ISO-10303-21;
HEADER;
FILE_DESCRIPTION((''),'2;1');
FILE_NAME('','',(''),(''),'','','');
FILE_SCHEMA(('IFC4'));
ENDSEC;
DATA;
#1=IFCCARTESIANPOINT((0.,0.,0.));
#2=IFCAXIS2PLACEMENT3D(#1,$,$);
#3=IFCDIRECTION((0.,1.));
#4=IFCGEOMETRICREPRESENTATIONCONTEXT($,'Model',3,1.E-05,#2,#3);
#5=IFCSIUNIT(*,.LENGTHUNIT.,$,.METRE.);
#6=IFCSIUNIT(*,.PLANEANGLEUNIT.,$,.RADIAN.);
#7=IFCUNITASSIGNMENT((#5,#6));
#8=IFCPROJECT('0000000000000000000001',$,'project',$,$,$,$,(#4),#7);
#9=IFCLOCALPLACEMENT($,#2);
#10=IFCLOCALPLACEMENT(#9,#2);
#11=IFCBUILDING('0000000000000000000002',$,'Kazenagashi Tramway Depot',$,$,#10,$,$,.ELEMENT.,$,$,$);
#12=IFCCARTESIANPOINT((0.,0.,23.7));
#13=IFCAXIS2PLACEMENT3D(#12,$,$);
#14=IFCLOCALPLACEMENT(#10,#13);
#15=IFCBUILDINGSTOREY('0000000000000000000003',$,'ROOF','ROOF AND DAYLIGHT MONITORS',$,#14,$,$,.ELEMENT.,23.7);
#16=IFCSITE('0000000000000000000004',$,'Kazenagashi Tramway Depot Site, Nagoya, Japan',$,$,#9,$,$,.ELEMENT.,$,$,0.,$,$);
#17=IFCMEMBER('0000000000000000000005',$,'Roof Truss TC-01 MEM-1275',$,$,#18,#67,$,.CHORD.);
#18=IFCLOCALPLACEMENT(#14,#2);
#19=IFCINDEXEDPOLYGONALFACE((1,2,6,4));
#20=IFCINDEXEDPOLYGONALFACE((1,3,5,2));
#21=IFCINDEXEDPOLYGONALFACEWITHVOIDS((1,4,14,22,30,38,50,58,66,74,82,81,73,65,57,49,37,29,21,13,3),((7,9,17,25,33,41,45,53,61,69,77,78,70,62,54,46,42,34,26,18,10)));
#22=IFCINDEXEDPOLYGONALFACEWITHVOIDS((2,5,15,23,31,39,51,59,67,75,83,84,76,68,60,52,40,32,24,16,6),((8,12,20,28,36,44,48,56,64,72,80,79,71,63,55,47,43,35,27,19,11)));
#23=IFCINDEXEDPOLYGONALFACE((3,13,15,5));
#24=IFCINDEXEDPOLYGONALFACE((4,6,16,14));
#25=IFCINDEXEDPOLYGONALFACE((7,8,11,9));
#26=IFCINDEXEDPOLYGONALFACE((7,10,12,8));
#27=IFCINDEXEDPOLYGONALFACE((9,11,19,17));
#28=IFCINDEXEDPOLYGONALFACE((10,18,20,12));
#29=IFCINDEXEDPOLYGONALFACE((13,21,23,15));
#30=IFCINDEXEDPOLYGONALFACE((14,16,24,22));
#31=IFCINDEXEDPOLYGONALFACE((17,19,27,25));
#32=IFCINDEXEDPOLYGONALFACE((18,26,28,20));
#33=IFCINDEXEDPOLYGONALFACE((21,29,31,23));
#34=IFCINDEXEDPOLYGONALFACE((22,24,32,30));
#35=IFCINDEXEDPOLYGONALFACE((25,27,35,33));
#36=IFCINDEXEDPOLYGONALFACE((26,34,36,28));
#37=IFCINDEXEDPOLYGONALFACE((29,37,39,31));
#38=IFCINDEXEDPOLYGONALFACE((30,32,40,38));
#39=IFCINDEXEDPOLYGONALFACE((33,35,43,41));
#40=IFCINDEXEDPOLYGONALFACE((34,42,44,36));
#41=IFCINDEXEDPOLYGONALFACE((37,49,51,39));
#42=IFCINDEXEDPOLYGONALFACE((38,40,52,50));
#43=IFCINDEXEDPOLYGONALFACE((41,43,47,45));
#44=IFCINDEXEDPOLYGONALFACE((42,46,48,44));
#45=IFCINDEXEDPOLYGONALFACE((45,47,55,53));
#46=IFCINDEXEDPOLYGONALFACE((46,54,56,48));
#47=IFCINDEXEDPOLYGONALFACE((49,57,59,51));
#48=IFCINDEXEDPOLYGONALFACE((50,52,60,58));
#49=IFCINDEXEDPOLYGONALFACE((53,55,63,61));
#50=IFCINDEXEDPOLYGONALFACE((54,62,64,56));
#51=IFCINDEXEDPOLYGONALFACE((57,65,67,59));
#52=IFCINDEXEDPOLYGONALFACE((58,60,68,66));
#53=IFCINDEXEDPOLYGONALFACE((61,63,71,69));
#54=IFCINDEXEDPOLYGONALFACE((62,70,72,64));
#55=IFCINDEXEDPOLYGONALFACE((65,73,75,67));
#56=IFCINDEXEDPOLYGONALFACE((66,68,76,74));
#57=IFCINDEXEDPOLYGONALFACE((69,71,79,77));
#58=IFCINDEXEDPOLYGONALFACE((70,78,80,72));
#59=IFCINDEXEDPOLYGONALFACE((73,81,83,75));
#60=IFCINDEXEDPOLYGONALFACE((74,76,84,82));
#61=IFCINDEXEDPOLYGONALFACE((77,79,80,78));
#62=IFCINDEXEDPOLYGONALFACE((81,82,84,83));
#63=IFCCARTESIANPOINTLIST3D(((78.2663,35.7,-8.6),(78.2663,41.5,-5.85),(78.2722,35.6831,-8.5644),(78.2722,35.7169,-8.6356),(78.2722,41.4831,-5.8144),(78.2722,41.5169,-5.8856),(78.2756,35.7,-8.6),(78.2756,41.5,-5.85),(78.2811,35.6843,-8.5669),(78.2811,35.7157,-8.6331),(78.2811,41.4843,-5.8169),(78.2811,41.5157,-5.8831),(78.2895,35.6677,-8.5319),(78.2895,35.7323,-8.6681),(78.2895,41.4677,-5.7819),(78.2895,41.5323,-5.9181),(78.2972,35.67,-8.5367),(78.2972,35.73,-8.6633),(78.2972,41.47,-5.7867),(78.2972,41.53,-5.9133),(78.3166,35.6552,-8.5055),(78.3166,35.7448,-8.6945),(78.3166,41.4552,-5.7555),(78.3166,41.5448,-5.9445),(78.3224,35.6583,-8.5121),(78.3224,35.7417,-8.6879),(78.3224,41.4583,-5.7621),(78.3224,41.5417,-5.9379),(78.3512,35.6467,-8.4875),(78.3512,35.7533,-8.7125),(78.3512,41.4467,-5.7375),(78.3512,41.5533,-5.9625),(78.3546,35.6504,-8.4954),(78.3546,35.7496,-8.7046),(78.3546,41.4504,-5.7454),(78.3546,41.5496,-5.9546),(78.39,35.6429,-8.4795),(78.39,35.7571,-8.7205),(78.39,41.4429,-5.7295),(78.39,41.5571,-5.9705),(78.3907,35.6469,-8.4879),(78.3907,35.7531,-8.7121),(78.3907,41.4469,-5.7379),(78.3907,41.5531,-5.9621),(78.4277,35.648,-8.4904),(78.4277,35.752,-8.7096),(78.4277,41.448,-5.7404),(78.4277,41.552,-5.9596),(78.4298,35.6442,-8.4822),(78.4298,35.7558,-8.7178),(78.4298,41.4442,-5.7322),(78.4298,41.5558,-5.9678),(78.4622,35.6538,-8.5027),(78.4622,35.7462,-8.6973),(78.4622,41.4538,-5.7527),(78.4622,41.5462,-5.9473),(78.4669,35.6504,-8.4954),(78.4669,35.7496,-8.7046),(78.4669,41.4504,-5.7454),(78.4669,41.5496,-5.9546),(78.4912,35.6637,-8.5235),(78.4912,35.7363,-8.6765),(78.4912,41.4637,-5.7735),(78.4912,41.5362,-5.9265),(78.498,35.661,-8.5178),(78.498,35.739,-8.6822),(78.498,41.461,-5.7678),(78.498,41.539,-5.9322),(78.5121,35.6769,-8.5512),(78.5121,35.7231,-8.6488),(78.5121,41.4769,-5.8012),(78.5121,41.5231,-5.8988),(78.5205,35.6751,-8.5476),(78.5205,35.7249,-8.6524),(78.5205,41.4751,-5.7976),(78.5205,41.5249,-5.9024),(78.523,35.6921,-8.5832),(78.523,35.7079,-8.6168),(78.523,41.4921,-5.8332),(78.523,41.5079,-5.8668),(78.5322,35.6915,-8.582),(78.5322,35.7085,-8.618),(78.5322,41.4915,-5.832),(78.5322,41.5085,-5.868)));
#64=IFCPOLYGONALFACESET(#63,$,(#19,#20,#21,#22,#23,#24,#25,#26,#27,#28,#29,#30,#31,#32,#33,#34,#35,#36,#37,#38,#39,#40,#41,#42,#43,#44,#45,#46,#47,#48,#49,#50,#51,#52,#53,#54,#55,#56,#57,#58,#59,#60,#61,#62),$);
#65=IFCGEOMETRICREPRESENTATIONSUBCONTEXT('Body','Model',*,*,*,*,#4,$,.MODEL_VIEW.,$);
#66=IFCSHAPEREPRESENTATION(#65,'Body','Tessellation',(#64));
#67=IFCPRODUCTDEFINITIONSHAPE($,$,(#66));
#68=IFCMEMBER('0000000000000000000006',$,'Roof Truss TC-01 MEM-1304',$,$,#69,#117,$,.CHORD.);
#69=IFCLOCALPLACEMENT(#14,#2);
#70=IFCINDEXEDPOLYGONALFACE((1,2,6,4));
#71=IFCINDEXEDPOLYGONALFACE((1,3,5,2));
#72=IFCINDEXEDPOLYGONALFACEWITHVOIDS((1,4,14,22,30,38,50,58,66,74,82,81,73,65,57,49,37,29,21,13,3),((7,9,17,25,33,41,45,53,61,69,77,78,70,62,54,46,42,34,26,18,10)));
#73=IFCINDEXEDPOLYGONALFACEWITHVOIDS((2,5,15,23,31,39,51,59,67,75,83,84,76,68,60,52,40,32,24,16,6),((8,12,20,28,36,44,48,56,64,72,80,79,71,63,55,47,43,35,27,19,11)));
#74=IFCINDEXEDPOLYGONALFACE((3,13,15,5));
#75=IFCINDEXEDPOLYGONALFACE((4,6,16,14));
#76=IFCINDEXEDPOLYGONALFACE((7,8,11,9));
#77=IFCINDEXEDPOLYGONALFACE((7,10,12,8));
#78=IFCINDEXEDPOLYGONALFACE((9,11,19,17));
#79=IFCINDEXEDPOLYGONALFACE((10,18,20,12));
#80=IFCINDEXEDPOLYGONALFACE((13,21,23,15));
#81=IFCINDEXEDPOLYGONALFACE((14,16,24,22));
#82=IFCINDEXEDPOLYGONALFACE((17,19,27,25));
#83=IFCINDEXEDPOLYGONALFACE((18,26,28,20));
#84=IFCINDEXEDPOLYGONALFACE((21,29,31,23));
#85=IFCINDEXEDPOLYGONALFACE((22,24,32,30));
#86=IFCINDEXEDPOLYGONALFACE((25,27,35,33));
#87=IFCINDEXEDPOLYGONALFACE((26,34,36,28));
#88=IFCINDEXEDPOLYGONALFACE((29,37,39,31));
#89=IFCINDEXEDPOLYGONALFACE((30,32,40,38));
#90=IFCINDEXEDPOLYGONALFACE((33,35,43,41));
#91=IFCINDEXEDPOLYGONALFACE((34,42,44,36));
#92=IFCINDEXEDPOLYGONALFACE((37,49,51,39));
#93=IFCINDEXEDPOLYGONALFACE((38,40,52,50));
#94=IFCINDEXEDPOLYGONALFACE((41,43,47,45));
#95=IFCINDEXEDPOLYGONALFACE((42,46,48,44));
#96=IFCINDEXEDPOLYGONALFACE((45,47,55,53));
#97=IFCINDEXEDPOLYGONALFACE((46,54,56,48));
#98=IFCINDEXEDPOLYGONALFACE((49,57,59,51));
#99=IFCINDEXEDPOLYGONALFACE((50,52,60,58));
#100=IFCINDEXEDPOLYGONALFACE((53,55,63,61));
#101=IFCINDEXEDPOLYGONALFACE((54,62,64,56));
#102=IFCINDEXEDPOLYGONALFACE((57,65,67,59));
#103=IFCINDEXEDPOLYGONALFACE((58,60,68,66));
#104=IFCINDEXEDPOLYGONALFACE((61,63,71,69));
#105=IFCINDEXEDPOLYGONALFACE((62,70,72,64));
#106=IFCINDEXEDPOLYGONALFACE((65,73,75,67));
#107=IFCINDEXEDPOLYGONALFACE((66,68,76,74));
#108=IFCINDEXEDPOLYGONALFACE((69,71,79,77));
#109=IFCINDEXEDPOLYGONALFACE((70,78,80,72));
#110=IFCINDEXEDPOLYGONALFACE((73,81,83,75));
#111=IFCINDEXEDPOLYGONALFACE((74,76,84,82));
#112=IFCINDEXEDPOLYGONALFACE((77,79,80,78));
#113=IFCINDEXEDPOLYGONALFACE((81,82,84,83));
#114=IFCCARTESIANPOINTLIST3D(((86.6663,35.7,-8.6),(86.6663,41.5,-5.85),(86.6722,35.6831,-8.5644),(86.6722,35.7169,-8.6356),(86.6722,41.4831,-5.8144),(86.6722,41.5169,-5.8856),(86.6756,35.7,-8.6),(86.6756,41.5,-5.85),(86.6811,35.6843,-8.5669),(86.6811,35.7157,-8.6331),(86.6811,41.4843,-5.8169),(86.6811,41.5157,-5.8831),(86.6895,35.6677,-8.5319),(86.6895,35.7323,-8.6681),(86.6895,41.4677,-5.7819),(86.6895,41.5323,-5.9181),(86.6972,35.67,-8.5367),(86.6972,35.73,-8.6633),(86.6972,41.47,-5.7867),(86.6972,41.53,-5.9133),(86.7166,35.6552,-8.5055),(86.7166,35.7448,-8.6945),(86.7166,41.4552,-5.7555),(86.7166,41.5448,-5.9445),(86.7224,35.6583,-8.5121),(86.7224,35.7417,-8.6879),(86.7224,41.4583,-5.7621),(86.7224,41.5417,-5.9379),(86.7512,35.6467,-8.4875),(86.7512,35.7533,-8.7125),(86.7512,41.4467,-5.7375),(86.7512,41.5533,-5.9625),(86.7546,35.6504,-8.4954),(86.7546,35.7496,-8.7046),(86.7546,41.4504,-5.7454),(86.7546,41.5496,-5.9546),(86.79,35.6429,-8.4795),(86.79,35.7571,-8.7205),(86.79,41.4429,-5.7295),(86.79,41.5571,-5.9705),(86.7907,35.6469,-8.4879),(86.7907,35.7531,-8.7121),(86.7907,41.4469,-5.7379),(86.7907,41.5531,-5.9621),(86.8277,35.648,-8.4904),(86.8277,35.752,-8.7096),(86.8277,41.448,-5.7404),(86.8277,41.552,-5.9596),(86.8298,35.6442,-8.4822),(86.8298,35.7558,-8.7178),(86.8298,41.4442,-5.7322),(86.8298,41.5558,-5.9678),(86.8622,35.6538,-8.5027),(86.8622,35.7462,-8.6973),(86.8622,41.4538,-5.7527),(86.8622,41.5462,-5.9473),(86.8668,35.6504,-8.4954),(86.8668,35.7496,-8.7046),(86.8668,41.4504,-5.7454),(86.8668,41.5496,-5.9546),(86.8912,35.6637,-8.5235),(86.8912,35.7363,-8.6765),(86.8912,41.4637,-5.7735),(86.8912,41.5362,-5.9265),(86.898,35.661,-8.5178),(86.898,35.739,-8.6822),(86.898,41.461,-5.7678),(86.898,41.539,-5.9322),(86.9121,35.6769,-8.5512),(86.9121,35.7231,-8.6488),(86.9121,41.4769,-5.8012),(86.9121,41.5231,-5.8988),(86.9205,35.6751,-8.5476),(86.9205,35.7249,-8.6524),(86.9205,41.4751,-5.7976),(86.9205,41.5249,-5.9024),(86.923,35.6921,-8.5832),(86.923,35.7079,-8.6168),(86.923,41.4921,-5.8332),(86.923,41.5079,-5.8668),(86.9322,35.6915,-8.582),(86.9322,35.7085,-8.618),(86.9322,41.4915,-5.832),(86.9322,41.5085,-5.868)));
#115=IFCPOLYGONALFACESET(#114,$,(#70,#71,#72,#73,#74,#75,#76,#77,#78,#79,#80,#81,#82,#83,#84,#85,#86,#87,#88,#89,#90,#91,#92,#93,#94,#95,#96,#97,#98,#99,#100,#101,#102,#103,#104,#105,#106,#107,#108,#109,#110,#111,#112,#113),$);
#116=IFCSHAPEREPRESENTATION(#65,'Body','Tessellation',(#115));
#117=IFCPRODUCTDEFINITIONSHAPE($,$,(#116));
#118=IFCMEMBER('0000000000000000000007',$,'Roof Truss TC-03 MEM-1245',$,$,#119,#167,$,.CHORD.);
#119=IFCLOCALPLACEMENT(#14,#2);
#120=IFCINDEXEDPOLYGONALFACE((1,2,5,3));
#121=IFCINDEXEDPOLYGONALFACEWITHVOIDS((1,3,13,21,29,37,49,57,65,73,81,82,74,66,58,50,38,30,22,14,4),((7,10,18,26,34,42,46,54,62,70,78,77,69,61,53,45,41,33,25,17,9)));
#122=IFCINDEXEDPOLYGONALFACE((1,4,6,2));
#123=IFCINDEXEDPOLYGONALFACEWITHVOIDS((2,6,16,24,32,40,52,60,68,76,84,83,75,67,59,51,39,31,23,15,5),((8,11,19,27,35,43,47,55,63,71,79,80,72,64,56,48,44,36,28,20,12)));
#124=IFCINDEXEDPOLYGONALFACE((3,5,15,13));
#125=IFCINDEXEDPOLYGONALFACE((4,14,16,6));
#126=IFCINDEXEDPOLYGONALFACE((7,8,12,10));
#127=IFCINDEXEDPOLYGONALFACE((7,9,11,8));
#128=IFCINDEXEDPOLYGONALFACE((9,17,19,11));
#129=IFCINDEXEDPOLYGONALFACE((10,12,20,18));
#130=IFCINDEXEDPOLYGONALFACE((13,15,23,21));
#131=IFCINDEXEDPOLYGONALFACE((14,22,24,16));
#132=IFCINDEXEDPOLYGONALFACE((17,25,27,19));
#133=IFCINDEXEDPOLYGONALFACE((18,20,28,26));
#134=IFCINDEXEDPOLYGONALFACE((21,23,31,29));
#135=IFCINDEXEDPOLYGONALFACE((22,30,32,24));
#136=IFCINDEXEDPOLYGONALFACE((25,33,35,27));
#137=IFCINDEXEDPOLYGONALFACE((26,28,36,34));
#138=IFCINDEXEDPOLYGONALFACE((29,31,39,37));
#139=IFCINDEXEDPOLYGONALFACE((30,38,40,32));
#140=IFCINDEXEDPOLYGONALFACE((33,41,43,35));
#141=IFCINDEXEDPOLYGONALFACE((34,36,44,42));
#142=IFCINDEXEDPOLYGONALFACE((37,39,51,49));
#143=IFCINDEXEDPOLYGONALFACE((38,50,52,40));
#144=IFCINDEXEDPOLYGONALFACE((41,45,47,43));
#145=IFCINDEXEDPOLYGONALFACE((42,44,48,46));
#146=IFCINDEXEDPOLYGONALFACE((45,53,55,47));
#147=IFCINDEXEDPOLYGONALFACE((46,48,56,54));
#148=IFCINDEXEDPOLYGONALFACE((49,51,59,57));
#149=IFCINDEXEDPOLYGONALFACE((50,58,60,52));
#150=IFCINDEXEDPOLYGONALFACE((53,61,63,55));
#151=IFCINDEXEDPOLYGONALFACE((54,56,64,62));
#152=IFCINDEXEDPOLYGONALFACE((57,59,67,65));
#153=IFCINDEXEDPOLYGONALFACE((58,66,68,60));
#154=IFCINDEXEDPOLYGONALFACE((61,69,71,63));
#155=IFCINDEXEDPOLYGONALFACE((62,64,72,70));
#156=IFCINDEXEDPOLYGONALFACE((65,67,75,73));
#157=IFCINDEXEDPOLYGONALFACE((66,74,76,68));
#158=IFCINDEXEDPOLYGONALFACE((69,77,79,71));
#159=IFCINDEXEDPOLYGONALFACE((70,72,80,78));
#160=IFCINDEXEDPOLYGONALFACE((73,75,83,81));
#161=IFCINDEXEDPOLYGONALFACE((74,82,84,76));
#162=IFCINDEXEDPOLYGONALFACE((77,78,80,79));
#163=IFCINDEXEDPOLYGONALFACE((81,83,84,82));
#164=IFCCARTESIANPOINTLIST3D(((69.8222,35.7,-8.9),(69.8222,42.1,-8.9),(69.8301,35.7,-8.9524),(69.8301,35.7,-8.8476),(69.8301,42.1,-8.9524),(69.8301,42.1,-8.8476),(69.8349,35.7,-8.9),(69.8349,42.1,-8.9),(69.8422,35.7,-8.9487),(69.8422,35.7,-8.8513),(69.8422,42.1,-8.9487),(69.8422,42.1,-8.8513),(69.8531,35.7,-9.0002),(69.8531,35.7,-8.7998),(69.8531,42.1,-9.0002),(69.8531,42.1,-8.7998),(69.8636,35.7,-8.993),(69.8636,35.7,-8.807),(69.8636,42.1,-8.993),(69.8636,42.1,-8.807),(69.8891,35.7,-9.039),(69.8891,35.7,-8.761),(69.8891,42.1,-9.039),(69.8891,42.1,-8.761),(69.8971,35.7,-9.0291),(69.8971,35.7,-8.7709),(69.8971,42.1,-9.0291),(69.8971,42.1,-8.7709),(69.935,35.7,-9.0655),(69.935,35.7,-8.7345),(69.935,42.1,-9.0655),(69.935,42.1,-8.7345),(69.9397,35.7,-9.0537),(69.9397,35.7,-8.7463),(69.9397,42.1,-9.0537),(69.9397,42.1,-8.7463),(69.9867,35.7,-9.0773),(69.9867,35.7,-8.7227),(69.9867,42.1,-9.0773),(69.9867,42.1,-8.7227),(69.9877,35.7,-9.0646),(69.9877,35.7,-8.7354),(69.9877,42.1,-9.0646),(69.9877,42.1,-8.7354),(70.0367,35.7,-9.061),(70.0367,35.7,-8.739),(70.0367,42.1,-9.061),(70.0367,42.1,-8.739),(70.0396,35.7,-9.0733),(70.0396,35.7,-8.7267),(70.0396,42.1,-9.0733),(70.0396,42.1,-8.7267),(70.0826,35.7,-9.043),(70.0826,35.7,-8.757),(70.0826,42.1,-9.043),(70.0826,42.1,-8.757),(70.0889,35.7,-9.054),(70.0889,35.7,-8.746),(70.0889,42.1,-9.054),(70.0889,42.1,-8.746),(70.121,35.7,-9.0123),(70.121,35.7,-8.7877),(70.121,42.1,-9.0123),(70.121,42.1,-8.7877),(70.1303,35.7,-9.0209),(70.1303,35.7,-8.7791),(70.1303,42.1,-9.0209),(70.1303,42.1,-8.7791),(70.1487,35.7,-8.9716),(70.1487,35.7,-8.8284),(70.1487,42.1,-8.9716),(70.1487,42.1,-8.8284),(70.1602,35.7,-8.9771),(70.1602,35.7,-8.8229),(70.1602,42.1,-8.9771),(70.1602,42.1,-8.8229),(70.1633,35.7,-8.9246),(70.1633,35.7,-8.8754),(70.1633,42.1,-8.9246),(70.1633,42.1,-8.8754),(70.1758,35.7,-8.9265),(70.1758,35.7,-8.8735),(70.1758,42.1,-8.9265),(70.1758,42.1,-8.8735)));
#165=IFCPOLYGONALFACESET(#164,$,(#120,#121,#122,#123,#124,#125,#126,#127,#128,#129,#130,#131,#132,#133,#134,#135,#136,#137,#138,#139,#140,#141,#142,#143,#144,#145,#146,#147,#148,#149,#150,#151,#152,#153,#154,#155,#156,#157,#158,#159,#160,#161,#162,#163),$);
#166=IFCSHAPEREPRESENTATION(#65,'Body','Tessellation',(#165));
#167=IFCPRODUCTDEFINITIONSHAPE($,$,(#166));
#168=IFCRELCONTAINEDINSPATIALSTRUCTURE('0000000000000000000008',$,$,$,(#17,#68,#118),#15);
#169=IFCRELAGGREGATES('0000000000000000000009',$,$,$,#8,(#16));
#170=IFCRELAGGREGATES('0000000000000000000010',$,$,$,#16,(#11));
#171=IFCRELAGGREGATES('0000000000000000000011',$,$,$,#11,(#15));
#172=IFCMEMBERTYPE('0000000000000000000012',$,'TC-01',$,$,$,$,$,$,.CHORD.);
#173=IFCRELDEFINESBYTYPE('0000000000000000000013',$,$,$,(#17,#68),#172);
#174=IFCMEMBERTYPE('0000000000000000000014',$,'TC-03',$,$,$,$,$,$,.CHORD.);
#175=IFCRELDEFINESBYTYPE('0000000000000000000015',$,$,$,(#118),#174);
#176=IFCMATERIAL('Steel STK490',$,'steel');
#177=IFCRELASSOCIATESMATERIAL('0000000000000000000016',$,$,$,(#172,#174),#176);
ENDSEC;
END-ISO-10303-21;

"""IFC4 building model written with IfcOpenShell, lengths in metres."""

from ifc_helpers import new_model, si_unit, direction, frame, origin, origin_2d, place, context, subcontext, project, spatial, hollow_circle, extrude, material, material_profile, profile_set, type_object, element, save


model = new_model("IFC4")

# Units and contexts
model_context = context("Model", 3, precision=1e-05, world=origin(), true_north=direction((0.0, 1.0)))
body_context = subcontext(model_context, "Body", "Model", "MODEL_VIEW")
ifc_project = project(units=[si_unit("LENGTHUNIT", "METRE"), si_unit("PLANEANGLEUNIT", "RADIAN")], contexts=[model_context])

# Site, building, storey
site_placement = place(None, origin())
site = spatial("IfcSite", under=ifc_project, at=site_placement, Name="Kazenagashi Tramway Depot Site, Nagoya, Japan", CompositionType="ELEMENT", RefElevation=0.0)
building_placement = place(site_placement, origin())
building = spatial("IfcBuilding", under=site, at=building_placement, Name="Kazenagashi Tramway Depot", CompositionType="ELEMENT")
storey_placement = place(building_placement, frame((0.0, 0.0, 23.7)))
storey = spatial("IfcBuildingStorey", under=building, at=storey_placement, Name="ROOF", Description="ROOF AND DAYLIGHT MONITORS", CompositionType="ELEMENT", Elevation=23.7)

# Members
ifc_material_1 = material(Name="Steel STK490", Category="steel")
ifc_material_profile_1 = material_profile(ifc_material_1, hollow_circle(Radius=0.1337, WallThickness=0.0093, at=origin_2d()), Name="CHS-267.4x9.3")
ifc_profile_set_1 = profile_set([ifc_material_profile_1], Name="Steel STK490")
member_type_1 = type_object("IfcMemberType", Name="TC-01", PredefinedType="CHORD", material=ifc_profile_set_1)
for number, where, z_axis, x_axis, name in (
    (1, (78.4, 35.7, -8.6), (0.0, 0.903579, 0.428421), (-1.0, 0.0, 0.0), "Roof Truss TC-01 MEM-1275"),
    (2, (86.8, 35.7, -8.6), (0.0, 0.903579, 0.428421), (-1.0, 0.0, 0.0), "Roof Truss TC-01 MEM-1304"),
):
    element("IfcMember", number, at=place(storey_placement, frame(where, z_axis=z_axis, x_axis=x_axis)), inside=storey, type_object=member_type_1, Name=name, PredefinedType="CHORD", context=body_context, shape_type="SweptSolid", body=[
        extrude(hollow_circle(Radius=0.1337, WallThickness=0.0093, at=origin_2d()), origin(), (0.0, 0.0, 1.0), 6.4189),
    ])
ifc_material_profile_2 = material_profile(ifc_material_1, hollow_circle(Radius=0.1778, WallThickness=0.0127, at=origin_2d()), Name="CHS-355.6x12.7")
ifc_profile_set_2 = profile_set([ifc_material_profile_2], Name="Steel STK490")
member_type_2 = type_object("IfcMemberType", Name="TC-03", PredefinedType="CHORD", material=ifc_profile_set_2)
for number, where, z_axis, x_axis, name in (
    (3, (70.0, 35.7, -8.9), (0.0, 1.0, 0.0), (-1.0, 0.0, 0.0), "Roof Truss TC-03 MEM-1245"),
):
    element("IfcMember", number, at=place(storey_placement, frame(where, z_axis=z_axis, x_axis=x_axis)), inside=storey, type_object=member_type_2, Name=name, PredefinedType="CHORD", context=body_context, shape_type="SweptSolid", body=[
        extrude(hollow_circle(Radius=0.1778, WallThickness=0.0127, at=origin_2d()), origin(), (0.0, 0.0, 1.0), 6.4),
    ])

save(model, "model.ifc")
